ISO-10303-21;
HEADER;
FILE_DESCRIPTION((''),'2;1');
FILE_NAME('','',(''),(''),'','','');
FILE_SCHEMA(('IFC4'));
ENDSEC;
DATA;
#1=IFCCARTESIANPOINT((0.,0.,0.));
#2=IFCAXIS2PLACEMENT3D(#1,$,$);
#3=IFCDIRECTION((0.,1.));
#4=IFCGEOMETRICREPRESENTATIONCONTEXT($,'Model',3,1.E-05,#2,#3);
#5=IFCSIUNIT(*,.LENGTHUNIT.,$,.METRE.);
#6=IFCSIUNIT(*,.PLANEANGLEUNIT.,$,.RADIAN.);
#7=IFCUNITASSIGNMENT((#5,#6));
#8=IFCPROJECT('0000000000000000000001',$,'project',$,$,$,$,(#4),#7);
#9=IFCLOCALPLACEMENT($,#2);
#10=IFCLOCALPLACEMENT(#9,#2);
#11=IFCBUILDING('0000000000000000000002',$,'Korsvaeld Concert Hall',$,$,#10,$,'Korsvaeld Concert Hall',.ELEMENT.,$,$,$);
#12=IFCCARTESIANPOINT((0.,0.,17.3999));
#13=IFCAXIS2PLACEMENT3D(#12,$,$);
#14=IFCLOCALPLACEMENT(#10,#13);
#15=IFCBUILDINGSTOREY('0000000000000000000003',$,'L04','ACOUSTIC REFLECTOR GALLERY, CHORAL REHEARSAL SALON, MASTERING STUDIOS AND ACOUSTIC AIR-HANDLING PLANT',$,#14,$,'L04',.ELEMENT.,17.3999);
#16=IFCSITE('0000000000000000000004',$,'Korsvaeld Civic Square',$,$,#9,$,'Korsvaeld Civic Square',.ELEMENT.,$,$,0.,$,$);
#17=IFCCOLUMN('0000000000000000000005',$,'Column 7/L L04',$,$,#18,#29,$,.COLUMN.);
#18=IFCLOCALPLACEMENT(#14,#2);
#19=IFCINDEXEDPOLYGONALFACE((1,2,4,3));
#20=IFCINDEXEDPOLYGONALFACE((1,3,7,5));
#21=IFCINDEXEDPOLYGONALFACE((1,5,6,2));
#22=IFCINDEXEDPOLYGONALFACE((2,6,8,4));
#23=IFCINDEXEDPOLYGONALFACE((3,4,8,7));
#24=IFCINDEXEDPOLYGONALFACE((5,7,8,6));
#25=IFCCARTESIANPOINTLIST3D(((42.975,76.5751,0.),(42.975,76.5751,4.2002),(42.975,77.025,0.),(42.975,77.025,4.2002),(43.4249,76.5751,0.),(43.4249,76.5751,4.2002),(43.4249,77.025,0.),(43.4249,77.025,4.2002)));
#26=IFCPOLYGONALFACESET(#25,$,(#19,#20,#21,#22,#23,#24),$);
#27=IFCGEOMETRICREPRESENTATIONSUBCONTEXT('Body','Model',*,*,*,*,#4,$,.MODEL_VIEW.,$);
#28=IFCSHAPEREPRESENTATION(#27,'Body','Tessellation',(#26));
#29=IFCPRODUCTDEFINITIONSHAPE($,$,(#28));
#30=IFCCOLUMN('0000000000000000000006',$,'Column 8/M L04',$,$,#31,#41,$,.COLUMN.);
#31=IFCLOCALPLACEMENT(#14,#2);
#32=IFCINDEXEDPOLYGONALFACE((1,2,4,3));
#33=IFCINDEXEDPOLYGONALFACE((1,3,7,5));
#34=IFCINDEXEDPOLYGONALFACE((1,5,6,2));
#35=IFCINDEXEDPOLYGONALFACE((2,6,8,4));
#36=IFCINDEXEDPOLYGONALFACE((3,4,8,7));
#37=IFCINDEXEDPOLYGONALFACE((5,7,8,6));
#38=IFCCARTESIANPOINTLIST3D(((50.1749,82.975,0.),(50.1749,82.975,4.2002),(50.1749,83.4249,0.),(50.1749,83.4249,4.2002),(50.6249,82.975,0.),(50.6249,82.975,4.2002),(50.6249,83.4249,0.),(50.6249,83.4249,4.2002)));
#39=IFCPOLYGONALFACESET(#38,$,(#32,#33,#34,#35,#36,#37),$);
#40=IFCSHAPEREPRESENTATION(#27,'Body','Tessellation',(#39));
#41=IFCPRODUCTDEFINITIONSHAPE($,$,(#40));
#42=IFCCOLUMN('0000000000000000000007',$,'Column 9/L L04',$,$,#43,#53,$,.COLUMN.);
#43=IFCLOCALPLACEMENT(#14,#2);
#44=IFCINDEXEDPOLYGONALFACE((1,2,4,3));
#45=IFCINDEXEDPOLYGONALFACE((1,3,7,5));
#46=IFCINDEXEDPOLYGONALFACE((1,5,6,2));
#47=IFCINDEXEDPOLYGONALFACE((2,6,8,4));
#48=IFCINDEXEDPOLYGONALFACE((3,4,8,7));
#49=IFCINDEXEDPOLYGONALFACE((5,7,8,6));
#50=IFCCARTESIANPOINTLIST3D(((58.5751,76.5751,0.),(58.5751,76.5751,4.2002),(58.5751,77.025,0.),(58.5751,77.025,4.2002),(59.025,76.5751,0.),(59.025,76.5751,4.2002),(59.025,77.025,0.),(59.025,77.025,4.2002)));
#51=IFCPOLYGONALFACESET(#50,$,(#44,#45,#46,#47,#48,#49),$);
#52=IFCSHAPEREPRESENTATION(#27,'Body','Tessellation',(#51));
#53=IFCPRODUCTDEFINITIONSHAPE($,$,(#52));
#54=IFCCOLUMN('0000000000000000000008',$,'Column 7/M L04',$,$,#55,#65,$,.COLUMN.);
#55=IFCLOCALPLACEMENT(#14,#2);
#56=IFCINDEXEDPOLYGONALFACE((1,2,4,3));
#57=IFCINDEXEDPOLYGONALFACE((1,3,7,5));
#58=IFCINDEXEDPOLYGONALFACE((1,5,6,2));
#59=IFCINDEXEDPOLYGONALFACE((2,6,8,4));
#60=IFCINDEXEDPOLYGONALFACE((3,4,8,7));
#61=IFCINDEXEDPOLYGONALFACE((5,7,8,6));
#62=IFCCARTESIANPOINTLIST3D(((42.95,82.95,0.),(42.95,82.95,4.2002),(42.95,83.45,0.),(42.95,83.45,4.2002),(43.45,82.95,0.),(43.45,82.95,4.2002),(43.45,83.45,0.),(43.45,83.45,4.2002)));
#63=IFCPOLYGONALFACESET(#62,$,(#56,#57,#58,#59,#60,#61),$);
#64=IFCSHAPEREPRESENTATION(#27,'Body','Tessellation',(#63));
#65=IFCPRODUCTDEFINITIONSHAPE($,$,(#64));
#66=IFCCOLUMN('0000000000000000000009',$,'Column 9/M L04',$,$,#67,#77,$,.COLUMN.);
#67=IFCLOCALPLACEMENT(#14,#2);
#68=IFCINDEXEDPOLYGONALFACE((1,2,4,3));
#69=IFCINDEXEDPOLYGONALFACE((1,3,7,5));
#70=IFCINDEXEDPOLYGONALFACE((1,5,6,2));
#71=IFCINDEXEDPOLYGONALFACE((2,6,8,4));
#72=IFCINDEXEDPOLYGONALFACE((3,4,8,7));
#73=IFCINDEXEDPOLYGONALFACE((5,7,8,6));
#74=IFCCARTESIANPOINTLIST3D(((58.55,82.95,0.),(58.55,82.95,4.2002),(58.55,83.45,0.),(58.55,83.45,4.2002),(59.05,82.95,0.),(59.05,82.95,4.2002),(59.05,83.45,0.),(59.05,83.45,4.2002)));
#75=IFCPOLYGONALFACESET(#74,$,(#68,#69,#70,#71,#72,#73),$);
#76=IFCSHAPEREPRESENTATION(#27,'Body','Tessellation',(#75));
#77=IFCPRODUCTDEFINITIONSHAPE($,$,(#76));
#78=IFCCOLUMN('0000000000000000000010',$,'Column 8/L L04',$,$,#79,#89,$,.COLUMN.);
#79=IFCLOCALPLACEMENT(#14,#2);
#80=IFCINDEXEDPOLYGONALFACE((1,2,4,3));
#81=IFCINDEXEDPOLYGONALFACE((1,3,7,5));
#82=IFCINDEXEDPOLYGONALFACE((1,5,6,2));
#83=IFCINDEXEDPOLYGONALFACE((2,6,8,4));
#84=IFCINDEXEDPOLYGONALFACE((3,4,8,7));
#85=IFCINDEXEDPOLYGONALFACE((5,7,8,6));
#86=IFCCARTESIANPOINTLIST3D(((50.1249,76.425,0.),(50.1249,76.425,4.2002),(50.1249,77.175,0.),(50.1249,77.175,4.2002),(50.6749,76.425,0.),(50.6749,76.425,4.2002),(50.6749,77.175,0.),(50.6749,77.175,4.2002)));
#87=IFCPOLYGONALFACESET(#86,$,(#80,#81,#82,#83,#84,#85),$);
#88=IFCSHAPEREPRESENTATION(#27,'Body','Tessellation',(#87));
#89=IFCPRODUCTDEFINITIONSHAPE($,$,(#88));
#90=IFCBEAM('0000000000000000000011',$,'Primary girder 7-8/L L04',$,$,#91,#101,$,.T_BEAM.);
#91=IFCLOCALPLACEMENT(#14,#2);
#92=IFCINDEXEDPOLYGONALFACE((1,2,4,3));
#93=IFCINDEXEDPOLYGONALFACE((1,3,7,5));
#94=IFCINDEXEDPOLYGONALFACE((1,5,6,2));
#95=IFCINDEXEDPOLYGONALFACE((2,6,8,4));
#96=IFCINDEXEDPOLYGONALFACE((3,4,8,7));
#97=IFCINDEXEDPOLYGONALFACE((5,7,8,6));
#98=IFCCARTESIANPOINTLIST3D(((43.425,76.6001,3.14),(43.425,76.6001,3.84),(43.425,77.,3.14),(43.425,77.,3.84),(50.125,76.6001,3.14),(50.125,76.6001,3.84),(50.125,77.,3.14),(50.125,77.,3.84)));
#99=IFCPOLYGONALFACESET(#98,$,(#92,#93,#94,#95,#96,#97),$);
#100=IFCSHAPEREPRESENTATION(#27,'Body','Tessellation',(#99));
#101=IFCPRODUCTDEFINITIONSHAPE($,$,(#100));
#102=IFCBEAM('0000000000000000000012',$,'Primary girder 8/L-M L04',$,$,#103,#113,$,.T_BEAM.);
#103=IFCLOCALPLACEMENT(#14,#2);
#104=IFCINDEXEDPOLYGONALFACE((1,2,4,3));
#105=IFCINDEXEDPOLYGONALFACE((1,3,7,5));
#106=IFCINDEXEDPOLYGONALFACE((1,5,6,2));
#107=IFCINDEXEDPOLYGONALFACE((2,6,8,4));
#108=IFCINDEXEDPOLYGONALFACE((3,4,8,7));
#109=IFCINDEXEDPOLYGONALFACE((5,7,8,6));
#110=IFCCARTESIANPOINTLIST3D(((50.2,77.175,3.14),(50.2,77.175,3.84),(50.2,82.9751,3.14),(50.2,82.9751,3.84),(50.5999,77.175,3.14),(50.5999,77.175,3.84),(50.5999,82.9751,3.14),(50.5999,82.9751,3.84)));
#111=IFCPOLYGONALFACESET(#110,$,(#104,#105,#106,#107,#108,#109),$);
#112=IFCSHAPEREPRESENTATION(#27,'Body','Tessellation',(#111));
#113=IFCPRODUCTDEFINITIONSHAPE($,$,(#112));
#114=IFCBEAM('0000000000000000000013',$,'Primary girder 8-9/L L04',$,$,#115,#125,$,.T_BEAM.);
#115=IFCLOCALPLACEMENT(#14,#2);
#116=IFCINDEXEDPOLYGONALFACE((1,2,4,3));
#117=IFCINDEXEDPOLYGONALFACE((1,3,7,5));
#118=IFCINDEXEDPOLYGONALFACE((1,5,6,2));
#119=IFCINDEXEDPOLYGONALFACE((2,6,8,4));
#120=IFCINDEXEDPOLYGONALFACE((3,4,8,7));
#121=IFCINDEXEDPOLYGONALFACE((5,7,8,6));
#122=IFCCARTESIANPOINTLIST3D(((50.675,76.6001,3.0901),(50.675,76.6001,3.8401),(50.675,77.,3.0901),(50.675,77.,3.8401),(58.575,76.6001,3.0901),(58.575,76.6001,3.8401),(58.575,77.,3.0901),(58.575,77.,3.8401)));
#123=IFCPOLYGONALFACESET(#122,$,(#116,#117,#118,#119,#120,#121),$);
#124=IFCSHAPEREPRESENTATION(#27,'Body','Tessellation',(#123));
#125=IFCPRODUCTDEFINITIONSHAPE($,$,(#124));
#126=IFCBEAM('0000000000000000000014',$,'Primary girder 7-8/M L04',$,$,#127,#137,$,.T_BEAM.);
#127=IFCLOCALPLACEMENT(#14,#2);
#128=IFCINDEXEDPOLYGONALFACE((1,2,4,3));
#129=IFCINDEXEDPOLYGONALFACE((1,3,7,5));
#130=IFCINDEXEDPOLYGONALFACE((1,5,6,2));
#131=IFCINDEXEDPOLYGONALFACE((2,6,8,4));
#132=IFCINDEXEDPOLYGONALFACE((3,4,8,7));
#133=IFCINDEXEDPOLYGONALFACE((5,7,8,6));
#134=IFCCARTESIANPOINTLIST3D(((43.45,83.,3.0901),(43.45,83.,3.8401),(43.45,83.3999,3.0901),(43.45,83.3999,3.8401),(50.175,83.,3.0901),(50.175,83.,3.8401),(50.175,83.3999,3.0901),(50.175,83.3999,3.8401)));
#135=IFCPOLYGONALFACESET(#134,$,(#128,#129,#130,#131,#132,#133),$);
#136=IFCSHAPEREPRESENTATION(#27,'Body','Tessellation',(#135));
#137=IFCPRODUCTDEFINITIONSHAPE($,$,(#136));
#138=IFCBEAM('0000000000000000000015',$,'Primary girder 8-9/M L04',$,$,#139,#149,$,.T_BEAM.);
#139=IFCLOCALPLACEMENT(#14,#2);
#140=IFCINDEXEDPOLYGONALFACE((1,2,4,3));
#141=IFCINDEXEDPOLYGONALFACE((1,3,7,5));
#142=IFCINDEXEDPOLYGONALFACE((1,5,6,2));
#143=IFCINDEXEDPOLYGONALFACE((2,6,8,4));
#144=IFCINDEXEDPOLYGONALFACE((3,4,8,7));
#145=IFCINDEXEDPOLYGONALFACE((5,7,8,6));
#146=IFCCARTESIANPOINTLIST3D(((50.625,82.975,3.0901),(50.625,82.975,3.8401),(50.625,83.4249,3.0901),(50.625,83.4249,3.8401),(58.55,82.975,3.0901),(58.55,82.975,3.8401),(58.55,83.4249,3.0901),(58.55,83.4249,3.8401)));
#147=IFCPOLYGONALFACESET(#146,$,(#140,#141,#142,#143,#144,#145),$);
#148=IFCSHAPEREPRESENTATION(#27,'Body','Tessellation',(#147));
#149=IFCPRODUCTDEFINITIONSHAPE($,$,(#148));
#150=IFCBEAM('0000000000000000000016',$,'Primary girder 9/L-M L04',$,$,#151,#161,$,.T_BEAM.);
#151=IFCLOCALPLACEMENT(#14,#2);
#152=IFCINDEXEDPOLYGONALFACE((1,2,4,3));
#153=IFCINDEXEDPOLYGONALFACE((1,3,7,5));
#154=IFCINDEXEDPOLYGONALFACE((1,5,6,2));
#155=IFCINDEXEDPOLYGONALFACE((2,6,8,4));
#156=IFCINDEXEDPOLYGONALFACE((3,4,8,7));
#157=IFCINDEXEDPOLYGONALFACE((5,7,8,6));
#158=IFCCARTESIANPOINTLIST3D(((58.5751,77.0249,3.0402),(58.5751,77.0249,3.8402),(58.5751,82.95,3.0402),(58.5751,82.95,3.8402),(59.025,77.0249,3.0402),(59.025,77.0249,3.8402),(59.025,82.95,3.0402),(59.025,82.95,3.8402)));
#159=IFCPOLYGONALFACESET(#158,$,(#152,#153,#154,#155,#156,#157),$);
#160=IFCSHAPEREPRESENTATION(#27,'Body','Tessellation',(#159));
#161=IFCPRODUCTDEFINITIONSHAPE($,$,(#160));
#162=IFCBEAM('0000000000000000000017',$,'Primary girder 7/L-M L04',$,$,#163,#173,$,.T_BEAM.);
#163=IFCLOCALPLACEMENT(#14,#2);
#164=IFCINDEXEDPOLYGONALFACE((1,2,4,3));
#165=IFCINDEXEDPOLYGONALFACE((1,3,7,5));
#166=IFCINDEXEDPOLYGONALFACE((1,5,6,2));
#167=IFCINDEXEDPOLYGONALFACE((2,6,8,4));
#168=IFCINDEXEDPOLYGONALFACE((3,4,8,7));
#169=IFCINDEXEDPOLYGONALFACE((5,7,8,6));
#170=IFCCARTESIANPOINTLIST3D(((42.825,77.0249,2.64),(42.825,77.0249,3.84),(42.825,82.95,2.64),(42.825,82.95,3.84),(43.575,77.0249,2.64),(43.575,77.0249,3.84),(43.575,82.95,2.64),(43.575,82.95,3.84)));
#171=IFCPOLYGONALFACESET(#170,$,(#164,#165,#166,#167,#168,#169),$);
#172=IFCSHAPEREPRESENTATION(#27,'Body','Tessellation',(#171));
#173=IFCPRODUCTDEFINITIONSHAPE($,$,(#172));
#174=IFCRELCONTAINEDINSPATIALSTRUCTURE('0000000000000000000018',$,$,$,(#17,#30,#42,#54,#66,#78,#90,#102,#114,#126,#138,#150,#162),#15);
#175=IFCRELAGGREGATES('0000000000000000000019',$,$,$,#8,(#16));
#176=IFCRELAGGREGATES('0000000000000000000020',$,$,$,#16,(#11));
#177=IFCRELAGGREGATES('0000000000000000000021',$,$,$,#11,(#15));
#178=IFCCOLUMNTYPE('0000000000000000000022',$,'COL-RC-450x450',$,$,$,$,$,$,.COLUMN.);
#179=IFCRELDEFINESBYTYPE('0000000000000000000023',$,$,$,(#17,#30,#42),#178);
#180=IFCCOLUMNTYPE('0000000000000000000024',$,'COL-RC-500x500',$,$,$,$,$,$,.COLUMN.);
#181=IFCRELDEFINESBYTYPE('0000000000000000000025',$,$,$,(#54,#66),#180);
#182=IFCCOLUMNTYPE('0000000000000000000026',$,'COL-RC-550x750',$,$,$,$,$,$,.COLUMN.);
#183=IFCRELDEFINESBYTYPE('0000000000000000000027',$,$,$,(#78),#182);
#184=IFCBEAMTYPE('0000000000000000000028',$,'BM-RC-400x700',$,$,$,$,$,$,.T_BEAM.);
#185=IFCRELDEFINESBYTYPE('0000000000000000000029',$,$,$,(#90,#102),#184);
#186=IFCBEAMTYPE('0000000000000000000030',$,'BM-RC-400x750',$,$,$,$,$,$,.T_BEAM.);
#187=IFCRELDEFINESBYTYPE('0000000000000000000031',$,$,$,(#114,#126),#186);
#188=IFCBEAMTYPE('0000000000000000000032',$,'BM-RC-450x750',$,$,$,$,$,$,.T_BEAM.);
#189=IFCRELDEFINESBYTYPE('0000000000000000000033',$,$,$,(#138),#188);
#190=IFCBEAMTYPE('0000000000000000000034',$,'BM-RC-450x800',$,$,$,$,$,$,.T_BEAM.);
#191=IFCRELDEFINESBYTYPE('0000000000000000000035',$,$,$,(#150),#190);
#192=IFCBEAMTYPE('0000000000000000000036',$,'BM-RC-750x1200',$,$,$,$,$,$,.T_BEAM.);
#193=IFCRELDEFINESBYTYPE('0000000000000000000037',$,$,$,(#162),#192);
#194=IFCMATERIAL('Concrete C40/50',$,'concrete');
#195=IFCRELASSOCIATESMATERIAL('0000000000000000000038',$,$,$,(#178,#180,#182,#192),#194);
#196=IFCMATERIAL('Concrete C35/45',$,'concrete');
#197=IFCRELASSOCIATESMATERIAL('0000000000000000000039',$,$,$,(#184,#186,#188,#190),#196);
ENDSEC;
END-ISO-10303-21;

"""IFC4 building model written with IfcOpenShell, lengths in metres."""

from ifc_helpers import new_model, si_unit, direction, frame, origin, origin_2d, place, context, subcontext, project, spatial, rectangle, extrude, material, material_profile, profile_set, type_object, element, save


model = new_model("IFC4")

# Units and contexts
model_context = context("Model", 3, precision=1e-05, world=origin(), true_north=direction((0.0, 1.0)))
body_context = subcontext(model_context, "Body", "Model", "MODEL_VIEW")
ifc_project = project(units=[si_unit("LENGTHUNIT", "METRE"), si_unit("PLANEANGLEUNIT", "RADIAN")], contexts=[model_context])

# Site, building, storey
site_placement = place(None, origin())
site = spatial("IfcSite", under=ifc_project, at=site_placement, Name="Korsvaeld Civic Square", LongName="Korsvaeld Civic Square", CompositionType="ELEMENT", RefElevation=0.0)
building_placement = place(site_placement, origin())
building = spatial("IfcBuilding", under=site, at=building_placement, Name="Korsvaeld Concert Hall", LongName="Korsvaeld Concert Hall", CompositionType="ELEMENT")
storey_placement = place(building_placement, frame((0.0, 0.0, 17.3999)))
storey = spatial("IfcBuildingStorey", under=building, at=storey_placement, Name="L04", Description="ACOUSTIC REFLECTOR GALLERY, CHORAL REHEARSAL SALON, MASTERING STUDIOS AND ACOUSTIC AIR-HANDLING PLANT", LongName="L04", CompositionType="ELEMENT", Elevation=17.3999)

# Columns
ifc_material_1 = material(Name="Concrete C40/50", Category="concrete")
ifc_material_profile_1 = material_profile(ifc_material_1, rectangle(XDim=0.45, YDim=0.45, at=origin_2d()), Name="RC 450x450")
ifc_profile_set_1 = profile_set([ifc_material_profile_1], Name="Concrete C40/50")
column_type_1 = type_object("IfcColumnType", Name="COL-RC-450x450", PredefinedType="COLUMN", material=ifc_profile_set_1)
for number, where, z_axis, x_axis, name in (
    (1, (43.2, 76.8, 0.0), (0.0, 0.0, 1.0), (1.0, 0.0, 0.0), "Column 7/L L04"),
    (2, (50.3999, 83.2, 0.0), (0.0, 0.0, 1.0), (1.0, 0.0, 0.0), "Column 8/M L04"),
    (3, (58.8, 76.8, 0.0), (0.0, 0.0, 1.0), (1.0, 0.0, 0.0), "Column 9/L L04"),
):
    element("IfcColumn", number, at=place(storey_placement, frame(where, z_axis=z_axis, x_axis=x_axis)), inside=storey, type_object=column_type_1, Name=name, PredefinedType="COLUMN", context=body_context, shape_type="SweptSolid", body=[
        extrude(rectangle(XDim=0.45, YDim=0.45, at=origin_2d()), origin(), (0.0, 0.0, 1.0), 4.2002),
    ])
ifc_material_profile_2 = material_profile(ifc_material_1, rectangle(XDim=0.5, YDim=0.5, at=origin_2d()), Name="RC 500x500")
ifc_profile_set_2 = profile_set([ifc_material_profile_2], Name="Concrete C40/50")
column_type_2 = type_object("IfcColumnType", Name="COL-RC-500x500", PredefinedType="COLUMN", material=ifc_profile_set_2)
for number, where, z_axis, x_axis, name in (
    (4, (43.2, 83.2, 0.0), (0.0, 0.0, 1.0), (1.0, 0.0, 0.0), "Column 7/M L04"),
    (5, (58.8, 83.2, 0.0), (0.0, 0.0, 1.0), (1.0, 0.0, 0.0), "Column 9/M L04"),
):
    element("IfcColumn", number, at=place(storey_placement, frame(where, z_axis=z_axis, x_axis=x_axis)), inside=storey, type_object=column_type_2, Name=name, PredefinedType="COLUMN", context=body_context, shape_type="SweptSolid", body=[
        extrude(rectangle(XDim=0.5, YDim=0.5, at=origin_2d()), origin(), (0.0, 0.0, 1.0), 4.2002),
    ])
ifc_material_profile_3 = material_profile(ifc_material_1, rectangle(XDim=0.55, YDim=0.75, at=origin_2d()), Name="RC 550x750")
ifc_profile_set_3 = profile_set([ifc_material_profile_3], Name="Concrete C40/50")
column_type_3 = type_object("IfcColumnType", Name="COL-RC-550x750", PredefinedType="COLUMN", material=ifc_profile_set_3)
column_placement = place(storey_placement, frame((50.3999, 76.8, 0.0), z_axis=(0.0, 0.0, 1.0), x_axis=(1.0, 0.0, 0.0)))
element("IfcColumn", 6, at=column_placement, inside=storey, type_object=column_type_3, Name="Column 8/L L04", PredefinedType="COLUMN", context=body_context, shape_type="SweptSolid", body=[
    extrude(rectangle(XDim=0.55, YDim=0.75, at=origin_2d()), origin(), (0.0, 0.0, 1.0), 4.2002),
])

# Beams
ifc_material_2 = material(Name="Concrete C35/45", Category="concrete")
ifc_material_profile_4 = material_profile(ifc_material_2, rectangle(XDim=0.3999, YDim=0.7, at=origin_2d()), Name="RC 400x700")
ifc_profile_set_4 = profile_set([ifc_material_profile_4], Name="Concrete C35/45")
beam_type_1 = type_object("IfcBeamType", Name="BM-RC-400x700", PredefinedType="T_BEAM", material=ifc_profile_set_4)
beam_1_placement = place(storey_placement, frame((43.425, 76.8, 3.49), z_axis=(1.0, 0.0, 0.0), x_axis=(0.0, 1.0, 0.0)))
element("IfcBeam", 7, at=beam_1_placement, inside=storey, type_object=beam_type_1, Name="Primary girder 7-8/L L04", PredefinedType="T_BEAM", context=body_context, shape_type="SweptSolid", body=[
    extrude(rectangle(XDim=0.3999, YDim=0.7, at=origin_2d()), origin(), (0.0, 0.0, 1.0), 6.7),
])
beam_2_placement = place(storey_placement, frame((50.3999, 77.175, 3.49), z_axis=(0.0, 1.0, 0.0), x_axis=(-1.0, 0.0, 0.0)))
element("IfcBeam", 8, at=beam_2_placement, inside=storey, type_object=beam_type_1, Name="Primary girder 8/L-M L04", PredefinedType="T_BEAM", context=body_context, shape_type="SweptSolid", body=[
    extrude(rectangle(XDim=0.3999, YDim=0.7, at=origin_2d()), origin(), (0.0, 0.0, 1.0), 5.8),
])
ifc_material_profile_5 = material_profile(ifc_material_2, rectangle(XDim=0.3999, YDim=0.75, at=origin_2d()), Name="RC 400x750")
ifc_profile_set_5 = profile_set([ifc_material_profile_5], Name="Concrete C35/45")
beam_type_2 = type_object("IfcBeamType", Name="BM-RC-400x750", PredefinedType="T_BEAM", material=ifc_profile_set_5)
beam_3_placement = place(storey_placement, frame((50.675, 76.8, 3.4651), z_axis=(1.0, 0.0, 0.0), x_axis=(0.0, 1.0, 0.0)))
element("IfcBeam", 9, at=beam_3_placement, inside=storey, type_object=beam_type_2, Name="Primary girder 8-9/L L04", PredefinedType="T_BEAM", context=body_context, shape_type="SweptSolid", body=[
    extrude(rectangle(XDim=0.3999, YDim=0.75, at=origin_2d()), origin(), (0.0, 0.0, 1.0), 7.8999),
])
beam_4_placement = place(storey_placement, frame((43.45, 83.2, 3.4651), z_axis=(1.0, 0.0, 0.0), x_axis=(0.0, 1.0, 0.0)))
element("IfcBeam", 10, at=beam_4_placement, inside=storey, type_object=beam_type_2, Name="Primary girder 7-8/M L04", PredefinedType="T_BEAM", context=body_context, shape_type="SweptSolid", body=[
    extrude(rectangle(XDim=0.3999, YDim=0.75, at=origin_2d()), origin(), (0.0, 0.0, 1.0), 6.7251),
])
ifc_material_profile_6 = material_profile(ifc_material_2, rectangle(XDim=0.45, YDim=0.75, at=origin_2d()), Name="RC 450x750")
ifc_profile_set_6 = profile_set([ifc_material_profile_6], Name="Concrete C35/45")
beam_type_3 = type_object("IfcBeamType", Name="BM-RC-450x750", PredefinedType="T_BEAM", material=ifc_profile_set_6)
beam_5_placement = place(storey_placement, frame((50.625, 83.2, 3.4651), z_axis=(1.0, 0.0, 0.0), x_axis=(0.0, 1.0, 0.0)))
element("IfcBeam", 11, at=beam_5_placement, inside=storey, type_object=beam_type_3, Name="Primary girder 8-9/M L04", PredefinedType="T_BEAM", context=body_context, shape_type="SweptSolid", body=[
    extrude(rectangle(XDim=0.45, YDim=0.75, at=origin_2d()), origin(), (0.0, 0.0, 1.0), 7.925),
])
ifc_material_profile_7 = material_profile(ifc_material_2, rectangle(XDim=0.45, YDim=0.8, at=origin_2d()), Name="RC 450x800")
ifc_profile_set_7 = profile_set([ifc_material_profile_7], Name="Concrete C35/45")
beam_type_4 = type_object("IfcBeamType", Name="BM-RC-450x800", PredefinedType="T_BEAM", material=ifc_profile_set_7)
beam_6_placement = place(storey_placement, frame((58.8, 77.0249, 3.4402), z_axis=(0.0, 1.0, 0.0), x_axis=(-1.0, 0.0, 0.0)))
element("IfcBeam", 12, at=beam_6_placement, inside=storey, type_object=beam_type_4, Name="Primary girder 9/L-M L04", PredefinedType="T_BEAM", context=body_context, shape_type="SweptSolid", body=[
    extrude(rectangle(XDim=0.45, YDim=0.8, at=origin_2d()), origin(), (0.0, 0.0, 1.0), 5.925),
])
ifc_material_profile_8 = material_profile(ifc_material_1, rectangle(XDim=0.75, YDim=1.2, at=origin_2d()), Name="RC 750x1200")
ifc_profile_set_8 = profile_set([ifc_material_profile_8], Name="Concrete C40/50")
beam_type_5 = type_object("IfcBeamType", Name="BM-RC-750x1200", PredefinedType="T_BEAM", material=ifc_profile_set_8)
beam_7_placement = place(storey_placement, frame((43.2, 77.0249, 3.24), z_axis=(0.0, 1.0, 0.0), x_axis=(-1.0, 0.0, 0.0)))
element("IfcBeam", 13, at=beam_7_placement, inside=storey, type_object=beam_type_5, Name="Primary girder 7/L-M L04", PredefinedType="T_BEAM", context=body_context, shape_type="SweptSolid", body=[
    extrude(rectangle(XDim=0.75, YDim=1.2, at=origin_2d()), origin(), (0.0, 0.0, 1.0), 5.925),
])

save(model, "model.ifc")
